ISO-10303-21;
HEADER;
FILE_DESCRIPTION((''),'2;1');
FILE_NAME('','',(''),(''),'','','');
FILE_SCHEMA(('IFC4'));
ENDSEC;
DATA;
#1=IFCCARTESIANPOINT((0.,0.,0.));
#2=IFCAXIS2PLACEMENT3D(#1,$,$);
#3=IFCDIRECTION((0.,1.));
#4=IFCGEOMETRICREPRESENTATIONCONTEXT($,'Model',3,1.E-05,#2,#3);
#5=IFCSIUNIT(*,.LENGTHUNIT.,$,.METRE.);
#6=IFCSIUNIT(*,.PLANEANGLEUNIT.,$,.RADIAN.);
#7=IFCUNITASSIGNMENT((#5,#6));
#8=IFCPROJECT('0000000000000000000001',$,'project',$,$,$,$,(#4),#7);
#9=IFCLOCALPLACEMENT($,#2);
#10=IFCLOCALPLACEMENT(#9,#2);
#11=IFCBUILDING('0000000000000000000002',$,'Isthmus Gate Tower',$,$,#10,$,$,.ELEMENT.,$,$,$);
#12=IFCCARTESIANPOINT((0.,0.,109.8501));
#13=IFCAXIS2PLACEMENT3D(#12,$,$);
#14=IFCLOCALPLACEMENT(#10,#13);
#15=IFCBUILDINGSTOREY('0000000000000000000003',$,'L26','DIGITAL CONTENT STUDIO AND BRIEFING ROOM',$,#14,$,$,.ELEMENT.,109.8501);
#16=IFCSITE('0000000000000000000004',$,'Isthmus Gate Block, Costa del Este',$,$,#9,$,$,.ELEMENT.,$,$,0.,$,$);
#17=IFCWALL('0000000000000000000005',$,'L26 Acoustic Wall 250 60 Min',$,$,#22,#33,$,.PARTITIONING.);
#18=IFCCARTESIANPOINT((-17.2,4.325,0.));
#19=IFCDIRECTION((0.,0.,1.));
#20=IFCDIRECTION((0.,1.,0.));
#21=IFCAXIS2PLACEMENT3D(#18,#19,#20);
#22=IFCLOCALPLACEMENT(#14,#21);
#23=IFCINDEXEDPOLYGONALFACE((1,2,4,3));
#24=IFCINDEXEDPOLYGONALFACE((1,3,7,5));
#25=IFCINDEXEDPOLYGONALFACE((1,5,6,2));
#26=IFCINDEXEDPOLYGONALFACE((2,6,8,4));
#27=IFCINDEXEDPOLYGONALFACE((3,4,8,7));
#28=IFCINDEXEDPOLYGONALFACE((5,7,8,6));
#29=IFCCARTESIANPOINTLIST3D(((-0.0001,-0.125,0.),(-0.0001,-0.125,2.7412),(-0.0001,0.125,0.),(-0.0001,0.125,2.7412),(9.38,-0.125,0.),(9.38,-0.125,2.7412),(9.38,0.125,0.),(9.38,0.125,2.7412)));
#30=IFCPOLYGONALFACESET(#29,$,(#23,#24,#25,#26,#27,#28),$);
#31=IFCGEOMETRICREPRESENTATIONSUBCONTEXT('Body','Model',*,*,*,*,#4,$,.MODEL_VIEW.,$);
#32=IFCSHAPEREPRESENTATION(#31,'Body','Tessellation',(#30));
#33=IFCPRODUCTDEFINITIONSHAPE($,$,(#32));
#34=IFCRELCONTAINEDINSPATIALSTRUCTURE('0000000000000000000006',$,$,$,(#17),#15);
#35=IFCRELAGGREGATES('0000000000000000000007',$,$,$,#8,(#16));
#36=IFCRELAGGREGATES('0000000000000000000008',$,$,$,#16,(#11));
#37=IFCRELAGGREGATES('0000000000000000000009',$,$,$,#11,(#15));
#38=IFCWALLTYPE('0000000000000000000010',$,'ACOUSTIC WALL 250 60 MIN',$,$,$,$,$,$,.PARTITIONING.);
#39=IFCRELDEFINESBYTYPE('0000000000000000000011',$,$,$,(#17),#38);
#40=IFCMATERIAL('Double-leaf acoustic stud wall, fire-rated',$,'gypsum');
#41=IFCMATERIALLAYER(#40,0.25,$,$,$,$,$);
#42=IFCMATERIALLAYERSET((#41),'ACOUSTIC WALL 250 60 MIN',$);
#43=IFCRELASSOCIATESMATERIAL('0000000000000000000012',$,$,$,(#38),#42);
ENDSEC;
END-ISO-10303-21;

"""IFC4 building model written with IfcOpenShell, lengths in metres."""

from ifc_helpers import new_model, si_unit, direction, frame, frame_2d, origin, place, context, subcontext, project, spatial, rectangle, extrude, material, layer, layer_set, type_object, element, save


model = new_model("IFC4")

# Units and contexts
model_context = context("Model", 3, precision=1e-05, world=origin(), true_north=direction((0.0, 1.0)))
body_context = subcontext(model_context, "Body", "Model", "MODEL_VIEW")
ifc_project = project(units=[si_unit("LENGTHUNIT", "METRE"), si_unit("PLANEANGLEUNIT", "RADIAN")], contexts=[model_context])

# Site, building, storey
site_placement = place(None, origin())
site = spatial("IfcSite", under=ifc_project, at=site_placement, Name="Isthmus Gate Block, Costa del Este", CompositionType="ELEMENT", RefElevation=0.0)
building_placement = place(site_placement, origin())
building = spatial("IfcBuilding", under=site, at=building_placement, Name="Isthmus Gate Tower", CompositionType="ELEMENT")
storey_placement = place(building_placement, frame((0.0, 0.0, 109.8501)))
storey = spatial("IfcBuildingStorey", under=building, at=storey_placement, Name="L26", Description="DIGITAL CONTENT STUDIO AND BRIEFING ROOM", CompositionType="ELEMENT", Elevation=109.8501)

# Shared definitions
ifc_material_1 = material(Name="Double-leaf acoustic stud wall, fire-rated", Category="gypsum")
ifc_layer_1 = layer(ifc_material_1, 0.25)
ifc_layer_set_1 = layer_set([ifc_layer_1], Name="ACOUSTIC WALL 250 60 MIN")
wall_type_1 = type_object("IfcWallType", Name="ACOUSTIC WALL 250 60 MIN", PredefinedType="PARTITIONING", material=ifc_layer_set_1)

# Wall
wall_1_placement = place(storey_placement, frame((-17.2, 4.325, 0.0), z_axis=(0.0, 0.0, 1.0), x_axis=(0.0, 1.0, 0.0)))
element("IfcWall", 1, at=wall_1_placement, inside=storey, type_object=wall_type_1, Name="L26 Acoustic Wall 250 60 Min", PredefinedType="PARTITIONING", context=body_context, shape_type="SweptSolid", body=[
    extrude(rectangle(XDim=9.3801, YDim=0.25, at=frame_2d((4.6899, 0.0))), origin(), (0.0, 0.0, 1.0), 2.7412),
])

save(model, "model.ifc")
